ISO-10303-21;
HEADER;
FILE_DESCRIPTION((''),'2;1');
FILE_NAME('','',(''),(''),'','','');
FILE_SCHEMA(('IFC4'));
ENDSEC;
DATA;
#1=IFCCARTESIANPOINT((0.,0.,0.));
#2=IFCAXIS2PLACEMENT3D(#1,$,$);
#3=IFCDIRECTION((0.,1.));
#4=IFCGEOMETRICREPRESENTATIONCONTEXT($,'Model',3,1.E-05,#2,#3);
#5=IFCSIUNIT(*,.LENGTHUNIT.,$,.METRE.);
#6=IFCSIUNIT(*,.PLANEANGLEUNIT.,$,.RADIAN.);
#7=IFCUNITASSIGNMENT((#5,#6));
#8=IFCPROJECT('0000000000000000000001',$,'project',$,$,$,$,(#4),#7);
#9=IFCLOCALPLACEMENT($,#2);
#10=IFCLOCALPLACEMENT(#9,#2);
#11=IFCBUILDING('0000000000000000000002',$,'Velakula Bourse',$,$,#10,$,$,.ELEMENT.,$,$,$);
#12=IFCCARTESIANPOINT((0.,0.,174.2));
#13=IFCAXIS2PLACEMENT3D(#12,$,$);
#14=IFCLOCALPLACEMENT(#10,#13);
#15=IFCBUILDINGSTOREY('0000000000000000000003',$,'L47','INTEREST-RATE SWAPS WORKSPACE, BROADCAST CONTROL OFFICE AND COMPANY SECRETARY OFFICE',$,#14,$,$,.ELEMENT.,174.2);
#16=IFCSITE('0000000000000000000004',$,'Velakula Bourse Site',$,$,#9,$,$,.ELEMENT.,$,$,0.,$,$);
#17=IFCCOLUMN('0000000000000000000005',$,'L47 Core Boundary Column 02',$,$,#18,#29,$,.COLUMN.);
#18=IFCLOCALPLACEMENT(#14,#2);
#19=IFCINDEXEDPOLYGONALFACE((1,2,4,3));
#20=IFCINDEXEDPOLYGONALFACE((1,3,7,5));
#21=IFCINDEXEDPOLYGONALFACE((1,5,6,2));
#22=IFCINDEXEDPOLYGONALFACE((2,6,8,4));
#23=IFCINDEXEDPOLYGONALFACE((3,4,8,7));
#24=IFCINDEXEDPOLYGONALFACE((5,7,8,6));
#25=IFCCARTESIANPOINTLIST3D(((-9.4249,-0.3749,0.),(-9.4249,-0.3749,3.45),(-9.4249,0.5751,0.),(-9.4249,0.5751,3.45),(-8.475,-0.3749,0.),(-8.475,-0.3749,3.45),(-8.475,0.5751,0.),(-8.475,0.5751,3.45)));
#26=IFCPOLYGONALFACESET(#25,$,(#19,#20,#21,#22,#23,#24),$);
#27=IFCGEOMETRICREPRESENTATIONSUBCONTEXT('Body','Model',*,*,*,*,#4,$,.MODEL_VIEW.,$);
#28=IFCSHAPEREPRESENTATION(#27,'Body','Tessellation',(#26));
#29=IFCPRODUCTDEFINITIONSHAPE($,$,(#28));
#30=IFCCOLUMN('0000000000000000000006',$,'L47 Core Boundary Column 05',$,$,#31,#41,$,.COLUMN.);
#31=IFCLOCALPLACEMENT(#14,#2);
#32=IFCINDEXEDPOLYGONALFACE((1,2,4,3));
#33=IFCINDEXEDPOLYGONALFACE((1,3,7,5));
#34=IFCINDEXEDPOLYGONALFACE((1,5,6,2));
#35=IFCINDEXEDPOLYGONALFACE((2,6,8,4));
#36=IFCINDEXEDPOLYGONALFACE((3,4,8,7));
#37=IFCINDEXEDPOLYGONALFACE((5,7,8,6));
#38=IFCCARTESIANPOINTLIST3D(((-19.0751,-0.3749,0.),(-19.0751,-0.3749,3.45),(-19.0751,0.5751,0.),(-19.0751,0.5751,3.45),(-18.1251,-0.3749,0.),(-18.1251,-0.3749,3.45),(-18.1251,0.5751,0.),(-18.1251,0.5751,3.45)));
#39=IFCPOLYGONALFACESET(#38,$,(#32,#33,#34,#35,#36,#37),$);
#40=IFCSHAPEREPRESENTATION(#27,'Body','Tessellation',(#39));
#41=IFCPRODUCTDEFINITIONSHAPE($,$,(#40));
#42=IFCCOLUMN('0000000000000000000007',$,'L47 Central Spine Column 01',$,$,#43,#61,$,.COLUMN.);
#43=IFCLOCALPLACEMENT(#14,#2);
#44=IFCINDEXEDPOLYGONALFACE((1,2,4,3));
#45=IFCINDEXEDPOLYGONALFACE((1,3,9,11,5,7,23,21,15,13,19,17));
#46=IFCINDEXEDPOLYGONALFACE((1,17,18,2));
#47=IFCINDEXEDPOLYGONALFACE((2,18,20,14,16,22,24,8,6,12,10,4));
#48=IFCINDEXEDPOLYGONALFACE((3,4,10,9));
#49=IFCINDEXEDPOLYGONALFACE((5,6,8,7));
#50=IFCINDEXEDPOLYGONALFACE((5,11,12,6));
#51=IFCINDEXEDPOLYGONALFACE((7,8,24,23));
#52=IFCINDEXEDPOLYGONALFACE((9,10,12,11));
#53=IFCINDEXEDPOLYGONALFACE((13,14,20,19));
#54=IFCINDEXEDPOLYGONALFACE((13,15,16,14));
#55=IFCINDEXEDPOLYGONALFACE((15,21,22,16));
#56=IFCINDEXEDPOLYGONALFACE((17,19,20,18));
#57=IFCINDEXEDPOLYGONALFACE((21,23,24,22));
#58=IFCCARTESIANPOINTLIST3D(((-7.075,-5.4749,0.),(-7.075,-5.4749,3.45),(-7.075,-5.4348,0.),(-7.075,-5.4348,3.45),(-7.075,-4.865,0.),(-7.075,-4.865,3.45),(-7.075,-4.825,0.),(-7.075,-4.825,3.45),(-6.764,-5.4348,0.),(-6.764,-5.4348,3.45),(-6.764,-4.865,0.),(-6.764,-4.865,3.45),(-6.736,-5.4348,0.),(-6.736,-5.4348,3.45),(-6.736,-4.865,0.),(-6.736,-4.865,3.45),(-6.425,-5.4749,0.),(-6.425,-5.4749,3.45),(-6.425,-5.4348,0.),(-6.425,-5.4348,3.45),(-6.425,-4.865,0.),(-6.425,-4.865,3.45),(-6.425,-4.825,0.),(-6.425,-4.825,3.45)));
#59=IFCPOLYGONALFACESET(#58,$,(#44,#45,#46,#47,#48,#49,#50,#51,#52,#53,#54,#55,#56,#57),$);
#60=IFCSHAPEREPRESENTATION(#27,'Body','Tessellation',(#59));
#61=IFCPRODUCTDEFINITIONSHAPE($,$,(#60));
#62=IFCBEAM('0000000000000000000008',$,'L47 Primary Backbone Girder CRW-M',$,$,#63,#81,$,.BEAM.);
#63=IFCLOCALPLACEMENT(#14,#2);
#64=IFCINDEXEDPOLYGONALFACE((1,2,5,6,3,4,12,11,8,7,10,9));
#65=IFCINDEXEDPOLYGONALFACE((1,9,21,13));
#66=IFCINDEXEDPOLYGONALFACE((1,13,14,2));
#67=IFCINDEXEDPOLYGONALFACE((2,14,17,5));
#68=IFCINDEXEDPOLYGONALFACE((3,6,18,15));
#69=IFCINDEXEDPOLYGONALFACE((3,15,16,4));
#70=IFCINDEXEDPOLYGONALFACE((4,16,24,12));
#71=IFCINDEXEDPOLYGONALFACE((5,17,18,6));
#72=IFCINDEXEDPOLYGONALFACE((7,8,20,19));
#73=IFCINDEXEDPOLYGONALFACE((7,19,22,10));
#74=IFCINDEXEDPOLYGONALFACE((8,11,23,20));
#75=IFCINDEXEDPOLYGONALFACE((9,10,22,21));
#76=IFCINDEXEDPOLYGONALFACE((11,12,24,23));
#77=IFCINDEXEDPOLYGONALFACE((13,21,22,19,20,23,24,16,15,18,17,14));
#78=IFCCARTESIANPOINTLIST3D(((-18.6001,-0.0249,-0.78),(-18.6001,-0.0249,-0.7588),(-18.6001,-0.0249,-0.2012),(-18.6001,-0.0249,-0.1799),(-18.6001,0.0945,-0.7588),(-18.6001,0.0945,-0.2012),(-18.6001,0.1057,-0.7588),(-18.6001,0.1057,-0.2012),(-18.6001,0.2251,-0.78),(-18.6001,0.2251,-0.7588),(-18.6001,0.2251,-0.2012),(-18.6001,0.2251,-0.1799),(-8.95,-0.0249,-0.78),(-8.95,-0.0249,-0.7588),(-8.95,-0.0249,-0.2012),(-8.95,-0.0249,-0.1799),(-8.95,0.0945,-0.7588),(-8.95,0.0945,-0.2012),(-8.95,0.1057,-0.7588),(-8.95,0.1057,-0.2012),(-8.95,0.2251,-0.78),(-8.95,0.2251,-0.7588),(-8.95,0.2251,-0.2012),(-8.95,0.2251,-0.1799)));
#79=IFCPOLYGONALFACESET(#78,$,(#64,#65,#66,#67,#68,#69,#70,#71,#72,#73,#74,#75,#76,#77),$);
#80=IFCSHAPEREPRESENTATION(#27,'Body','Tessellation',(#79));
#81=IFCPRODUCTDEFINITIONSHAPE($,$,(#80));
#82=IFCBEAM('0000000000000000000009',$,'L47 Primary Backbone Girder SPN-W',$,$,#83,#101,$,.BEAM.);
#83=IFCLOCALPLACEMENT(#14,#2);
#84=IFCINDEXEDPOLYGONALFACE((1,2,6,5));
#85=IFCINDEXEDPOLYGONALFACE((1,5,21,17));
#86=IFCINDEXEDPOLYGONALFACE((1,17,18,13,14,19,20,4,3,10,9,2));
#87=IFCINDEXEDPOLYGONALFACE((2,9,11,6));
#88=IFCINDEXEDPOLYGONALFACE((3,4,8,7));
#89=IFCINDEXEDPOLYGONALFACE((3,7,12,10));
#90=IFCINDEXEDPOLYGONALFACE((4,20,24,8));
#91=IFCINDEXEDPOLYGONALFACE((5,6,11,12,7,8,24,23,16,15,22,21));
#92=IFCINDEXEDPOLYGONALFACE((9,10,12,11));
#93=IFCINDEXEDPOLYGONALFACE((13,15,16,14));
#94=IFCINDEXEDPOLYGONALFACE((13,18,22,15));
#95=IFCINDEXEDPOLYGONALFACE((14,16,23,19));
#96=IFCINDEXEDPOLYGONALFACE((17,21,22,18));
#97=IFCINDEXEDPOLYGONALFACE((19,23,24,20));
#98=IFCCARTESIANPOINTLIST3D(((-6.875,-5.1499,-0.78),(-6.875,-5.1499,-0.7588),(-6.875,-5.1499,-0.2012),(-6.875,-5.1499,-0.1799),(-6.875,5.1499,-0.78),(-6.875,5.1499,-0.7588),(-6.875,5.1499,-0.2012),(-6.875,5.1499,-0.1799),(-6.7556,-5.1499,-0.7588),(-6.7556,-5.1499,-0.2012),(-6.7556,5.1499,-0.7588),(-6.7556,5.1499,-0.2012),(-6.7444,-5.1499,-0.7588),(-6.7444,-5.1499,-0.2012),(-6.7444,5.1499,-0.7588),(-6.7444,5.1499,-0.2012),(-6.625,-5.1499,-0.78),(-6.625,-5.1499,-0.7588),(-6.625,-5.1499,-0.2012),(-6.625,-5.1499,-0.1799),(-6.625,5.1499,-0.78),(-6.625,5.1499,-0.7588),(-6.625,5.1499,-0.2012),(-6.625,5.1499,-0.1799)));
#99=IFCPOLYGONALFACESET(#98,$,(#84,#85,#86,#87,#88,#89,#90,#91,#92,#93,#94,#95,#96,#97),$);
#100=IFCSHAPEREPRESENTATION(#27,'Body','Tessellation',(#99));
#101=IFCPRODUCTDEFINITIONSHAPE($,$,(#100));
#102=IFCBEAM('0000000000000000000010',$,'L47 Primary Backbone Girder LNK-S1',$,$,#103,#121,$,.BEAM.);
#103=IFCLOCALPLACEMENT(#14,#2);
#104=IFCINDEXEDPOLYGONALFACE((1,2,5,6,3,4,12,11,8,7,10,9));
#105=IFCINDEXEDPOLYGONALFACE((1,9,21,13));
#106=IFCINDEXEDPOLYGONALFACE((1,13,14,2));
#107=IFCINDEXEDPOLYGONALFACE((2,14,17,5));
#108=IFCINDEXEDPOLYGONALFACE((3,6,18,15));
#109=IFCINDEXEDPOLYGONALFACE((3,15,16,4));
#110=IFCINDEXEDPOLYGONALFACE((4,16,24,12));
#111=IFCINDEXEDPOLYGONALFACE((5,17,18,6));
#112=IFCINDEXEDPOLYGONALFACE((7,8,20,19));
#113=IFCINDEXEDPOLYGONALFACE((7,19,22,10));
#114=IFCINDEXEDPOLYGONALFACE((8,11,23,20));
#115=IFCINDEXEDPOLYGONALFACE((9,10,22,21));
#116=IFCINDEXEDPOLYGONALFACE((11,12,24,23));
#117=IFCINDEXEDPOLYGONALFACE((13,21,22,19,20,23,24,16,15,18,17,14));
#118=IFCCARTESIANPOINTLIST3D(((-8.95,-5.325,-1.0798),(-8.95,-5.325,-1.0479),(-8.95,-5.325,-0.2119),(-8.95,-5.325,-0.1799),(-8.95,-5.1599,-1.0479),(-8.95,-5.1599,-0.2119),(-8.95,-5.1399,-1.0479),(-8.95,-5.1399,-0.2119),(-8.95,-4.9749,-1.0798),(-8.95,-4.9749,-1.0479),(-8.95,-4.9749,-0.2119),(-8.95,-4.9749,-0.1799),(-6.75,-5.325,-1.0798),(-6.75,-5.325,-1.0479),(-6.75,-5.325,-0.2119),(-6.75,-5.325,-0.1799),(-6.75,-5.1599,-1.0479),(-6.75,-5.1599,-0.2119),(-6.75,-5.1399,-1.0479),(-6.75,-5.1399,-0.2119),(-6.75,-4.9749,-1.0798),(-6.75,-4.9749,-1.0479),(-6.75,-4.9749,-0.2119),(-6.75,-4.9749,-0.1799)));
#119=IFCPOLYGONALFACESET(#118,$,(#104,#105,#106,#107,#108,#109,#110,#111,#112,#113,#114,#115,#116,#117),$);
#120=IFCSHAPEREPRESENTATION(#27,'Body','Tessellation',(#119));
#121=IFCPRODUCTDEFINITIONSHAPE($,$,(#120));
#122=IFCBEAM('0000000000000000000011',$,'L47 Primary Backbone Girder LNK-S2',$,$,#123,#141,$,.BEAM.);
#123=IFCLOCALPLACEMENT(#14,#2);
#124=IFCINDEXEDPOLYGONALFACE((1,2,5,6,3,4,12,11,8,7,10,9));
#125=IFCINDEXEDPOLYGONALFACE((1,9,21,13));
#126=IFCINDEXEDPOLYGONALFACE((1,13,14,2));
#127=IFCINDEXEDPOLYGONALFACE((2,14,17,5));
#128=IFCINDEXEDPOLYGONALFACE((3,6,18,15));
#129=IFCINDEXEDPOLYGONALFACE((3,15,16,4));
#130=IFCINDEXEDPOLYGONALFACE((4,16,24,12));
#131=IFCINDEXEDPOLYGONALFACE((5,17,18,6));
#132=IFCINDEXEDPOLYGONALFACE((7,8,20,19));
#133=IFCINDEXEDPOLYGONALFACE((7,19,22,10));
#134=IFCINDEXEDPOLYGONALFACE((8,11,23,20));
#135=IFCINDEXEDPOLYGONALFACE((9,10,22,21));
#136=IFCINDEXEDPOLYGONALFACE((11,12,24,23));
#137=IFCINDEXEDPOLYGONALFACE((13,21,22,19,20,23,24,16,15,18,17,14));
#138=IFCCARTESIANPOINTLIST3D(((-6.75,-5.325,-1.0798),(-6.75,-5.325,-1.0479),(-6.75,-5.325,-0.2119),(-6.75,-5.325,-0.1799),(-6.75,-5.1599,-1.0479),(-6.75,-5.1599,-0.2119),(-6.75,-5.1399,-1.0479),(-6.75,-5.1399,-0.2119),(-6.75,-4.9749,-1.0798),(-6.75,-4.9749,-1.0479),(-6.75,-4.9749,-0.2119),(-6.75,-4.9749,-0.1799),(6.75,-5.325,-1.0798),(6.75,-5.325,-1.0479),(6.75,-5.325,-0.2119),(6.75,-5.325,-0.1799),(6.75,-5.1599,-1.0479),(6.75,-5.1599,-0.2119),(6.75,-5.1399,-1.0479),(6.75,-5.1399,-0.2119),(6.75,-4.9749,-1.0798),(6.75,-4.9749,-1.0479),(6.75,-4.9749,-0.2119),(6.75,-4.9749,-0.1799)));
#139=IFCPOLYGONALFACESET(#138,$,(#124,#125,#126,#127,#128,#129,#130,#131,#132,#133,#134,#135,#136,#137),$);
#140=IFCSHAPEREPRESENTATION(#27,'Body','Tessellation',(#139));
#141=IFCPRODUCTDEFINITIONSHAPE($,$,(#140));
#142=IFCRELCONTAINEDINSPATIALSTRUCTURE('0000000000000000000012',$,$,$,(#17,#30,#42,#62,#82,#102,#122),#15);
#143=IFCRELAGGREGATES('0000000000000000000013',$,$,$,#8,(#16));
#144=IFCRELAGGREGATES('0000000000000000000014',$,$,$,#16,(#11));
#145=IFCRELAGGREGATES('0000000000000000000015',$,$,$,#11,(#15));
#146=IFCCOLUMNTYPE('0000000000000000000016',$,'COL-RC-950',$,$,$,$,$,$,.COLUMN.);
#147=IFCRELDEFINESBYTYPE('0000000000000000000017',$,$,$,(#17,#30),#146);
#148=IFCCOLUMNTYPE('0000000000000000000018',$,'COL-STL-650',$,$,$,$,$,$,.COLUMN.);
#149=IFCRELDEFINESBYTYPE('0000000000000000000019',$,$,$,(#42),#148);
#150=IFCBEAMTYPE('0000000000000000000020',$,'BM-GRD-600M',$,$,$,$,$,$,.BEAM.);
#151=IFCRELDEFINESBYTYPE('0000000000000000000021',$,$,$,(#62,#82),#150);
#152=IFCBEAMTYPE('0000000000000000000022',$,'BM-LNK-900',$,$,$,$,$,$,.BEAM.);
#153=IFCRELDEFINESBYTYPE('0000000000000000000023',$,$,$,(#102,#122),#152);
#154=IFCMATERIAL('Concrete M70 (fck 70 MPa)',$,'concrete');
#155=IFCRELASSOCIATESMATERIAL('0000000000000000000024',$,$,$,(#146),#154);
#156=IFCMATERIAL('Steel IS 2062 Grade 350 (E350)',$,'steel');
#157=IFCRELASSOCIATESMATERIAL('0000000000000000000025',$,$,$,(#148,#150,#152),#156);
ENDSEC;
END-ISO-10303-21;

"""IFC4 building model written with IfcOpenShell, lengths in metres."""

from ifc_helpers import new_model, si_unit, direction, frame, origin, origin_2d, place, context, subcontext, project, spatial, rectangle, i_section, extrude, material, material_profile, profile_set, type_object, element, save


model = new_model("IFC4")

# Units and contexts
model_context = context("Model", 3, precision=1e-05, world=origin(), true_north=direction((0.0, 1.0)))
body_context = subcontext(model_context, "Body", "Model", "MODEL_VIEW")
ifc_project = project(units=[si_unit("LENGTHUNIT", "METRE"), si_unit("PLANEANGLEUNIT", "RADIAN")], contexts=[model_context])

# Site, building, storey
site_placement = place(None, origin())
site = spatial("IfcSite", under=ifc_project, at=site_placement, Name="Velakula Bourse Site", CompositionType="ELEMENT", RefElevation=0.0)
building_placement = place(site_placement, origin())
building = spatial("IfcBuilding", under=site, at=building_placement, Name="Velakula Bourse", CompositionType="ELEMENT")
storey_placement = place(building_placement, frame((0.0, 0.0, 174.2)))
storey = spatial("IfcBuildingStorey", under=building, at=storey_placement, Name="L47", Description="INTEREST-RATE SWAPS WORKSPACE, BROADCAST CONTROL OFFICE AND COMPANY SECRETARY OFFICE", CompositionType="ELEMENT", Elevation=174.2)

# Columns
ifc_material_1 = material(Name="Concrete M70 (fck 70 MPa)", Category="concrete")
ifc_material_profile_1 = material_profile(ifc_material_1, rectangle(XDim=0.95, YDim=0.95, at=origin_2d()), Name="Concrete M70 (fck 70 MPa)")
ifc_profile_set_1 = profile_set([ifc_material_profile_1], Name="Concrete M70 (fck 70 MPa)")
column_type_1 = type_object("IfcColumnType", Name="COL-RC-950", PredefinedType="COLUMN", material=ifc_profile_set_1)
for number, where, z_axis, x_axis, name in (
    (1, (-8.95, 0.1001, 0.0), (0.0, 0.0, 1.0), (1.0, 0.0, 0.0), "L47 Core Boundary Column 02"),
    (2, (-18.6001, 0.1001, 0.0), (0.0, 0.0, 1.0), (1.0, 0.0, 0.0), "L47 Core Boundary Column 05"),
):
    element("IfcColumn", number, at=place(storey_placement, frame(where, z_axis=z_axis, x_axis=x_axis)), inside=storey, type_object=column_type_1, Name=name, PredefinedType="COLUMN", context=body_context, shape_type="SweptSolid", body=[
        extrude(rectangle(XDim=0.95, YDim=0.95, at=origin_2d()), origin(), (0.0, 0.0, 1.0), 3.45),
    ])
ifc_material_2 = material(Name="Steel IS 2062 Grade 350 (E350)", Category="steel")
ifc_material_profile_2 = material_profile(ifc_material_2, i_section(OverallWidth=0.6499, OverallDepth=0.6499, WebThickness=0.0281, FlangeThickness=0.04, at=origin_2d()), Name="Steel IS 2062 Grade 350 (E350)")
ifc_profile_set_2 = profile_set([ifc_material_profile_2], Name="Steel IS 2062 Grade 350 (E350)")
column_type_2 = type_object("IfcColumnType", Name="COL-STL-650", PredefinedType="COLUMN", material=ifc_profile_set_2)
column_placement = place(storey_placement, frame((-6.75, -5.1499, 0.0), z_axis=(0.0, 0.0, 1.0), x_axis=(1.0, 0.0, 0.0)))
element("IfcColumn", 3, at=column_placement, inside=storey, type_object=column_type_2, Name="L47 Central Spine Column 01", PredefinedType="COLUMN", context=body_context, shape_type="SweptSolid", body=[
    extrude(i_section(OverallWidth=0.6499, OverallDepth=0.6499, WebThickness=0.0281, FlangeThickness=0.04, at=origin_2d()), origin(), (0.0, 0.0, 1.0), 3.45),
])

# Beams
ifc_material_profile_3 = material_profile(ifc_material_2, i_section(OverallWidth=0.25, OverallDepth=0.6001, WebThickness=0.0112, FlangeThickness=0.0212, at=origin_2d()), Name="Steel IS 2062 Grade 350 (E350)")
ifc_profile_set_3 = profile_set([ifc_material_profile_3], Name="Steel IS 2062 Grade 350 (E350)")
beam_type_1 = type_object("IfcBeamType", Name="BM-GRD-600M", PredefinedType="BEAM", material=ifc_profile_set_3)
beam_1_placement = place(storey_placement, frame((-18.6001, 0.1001, -0.48), z_axis=(1.0, 0.0, 0.0), x_axis=(0.0, 1.0, 0.0)))
element("IfcBeam", 4, at=beam_1_placement, inside=storey, type_object=beam_type_1, Name="L47 Primary Backbone Girder CRW-M", PredefinedType="BEAM", context=body_context, shape_type="SweptSolid", body=[
    extrude(i_section(OverallWidth=0.25, OverallDepth=0.6001, WebThickness=0.0112, FlangeThickness=0.0212, at=origin_2d()), origin(), (0.0, 0.0, 1.0), 9.6501),
])
beam_2_placement = place(storey_placement, frame((-6.75, -5.1499, -0.48), z_axis=(0.0, 1.0, 0.0), x_axis=(-1.0, 0.0, 0.0)))
element("IfcBeam", 5, at=beam_2_placement, inside=storey, type_object=beam_type_1, Name="L47 Primary Backbone Girder SPN-W", PredefinedType="BEAM", context=body_context, shape_type="SweptSolid", body=[
    extrude(i_section(OverallWidth=0.25, OverallDepth=0.6001, WebThickness=0.0112, FlangeThickness=0.0212, at=origin_2d()), origin(), (0.0, 0.0, 1.0), 10.2998),
])
ifc_material_profile_4 = material_profile(ifc_material_2, i_section(OverallWidth=0.3501, OverallDepth=0.8999, WebThickness=0.02, FlangeThickness=0.032, at=origin_2d()), Name="Steel IS 2062 Grade 350 (E350)")
ifc_profile_set_4 = profile_set([ifc_material_profile_4], Name="Steel IS 2062 Grade 350 (E350)")
beam_type_2 = type_object("IfcBeamType", Name="BM-LNK-900", PredefinedType="BEAM", material=ifc_profile_set_4)
beam_3_placement = place(storey_placement, frame((-8.95, -5.1499, -0.6299), z_axis=(1.0, 0.0, 0.0), x_axis=(0.0, 1.0, 0.0)))
element("IfcBeam", 6, at=beam_3_placement, inside=storey, type_object=beam_type_2, Name="L47 Primary Backbone Girder LNK-S1", PredefinedType="BEAM", context=body_context, shape_type="SweptSolid", body=[
    extrude(i_section(OverallWidth=0.3501, OverallDepth=0.8999, WebThickness=0.02, FlangeThickness=0.032, at=origin_2d()), origin(), (0.0, 0.0, 1.0), 2.2),
])
beam_4_placement = place(storey_placement, frame((-6.75, -5.1499, -0.6299), z_axis=(1.0, 0.0, 0.0), x_axis=(0.0, 1.0, 0.0)))
element("IfcBeam", 7, at=beam_4_placement, inside=storey, type_object=beam_type_2, Name="L47 Primary Backbone Girder LNK-S2", PredefinedType="BEAM", context=body_context, shape_type="SweptSolid", body=[
    extrude(i_section(OverallWidth=0.3501, OverallDepth=0.8999, WebThickness=0.02, FlangeThickness=0.032, at=origin_2d()), origin(), (0.0, 0.0, 1.0), 13.5),
])

save(model, "model.ifc")
